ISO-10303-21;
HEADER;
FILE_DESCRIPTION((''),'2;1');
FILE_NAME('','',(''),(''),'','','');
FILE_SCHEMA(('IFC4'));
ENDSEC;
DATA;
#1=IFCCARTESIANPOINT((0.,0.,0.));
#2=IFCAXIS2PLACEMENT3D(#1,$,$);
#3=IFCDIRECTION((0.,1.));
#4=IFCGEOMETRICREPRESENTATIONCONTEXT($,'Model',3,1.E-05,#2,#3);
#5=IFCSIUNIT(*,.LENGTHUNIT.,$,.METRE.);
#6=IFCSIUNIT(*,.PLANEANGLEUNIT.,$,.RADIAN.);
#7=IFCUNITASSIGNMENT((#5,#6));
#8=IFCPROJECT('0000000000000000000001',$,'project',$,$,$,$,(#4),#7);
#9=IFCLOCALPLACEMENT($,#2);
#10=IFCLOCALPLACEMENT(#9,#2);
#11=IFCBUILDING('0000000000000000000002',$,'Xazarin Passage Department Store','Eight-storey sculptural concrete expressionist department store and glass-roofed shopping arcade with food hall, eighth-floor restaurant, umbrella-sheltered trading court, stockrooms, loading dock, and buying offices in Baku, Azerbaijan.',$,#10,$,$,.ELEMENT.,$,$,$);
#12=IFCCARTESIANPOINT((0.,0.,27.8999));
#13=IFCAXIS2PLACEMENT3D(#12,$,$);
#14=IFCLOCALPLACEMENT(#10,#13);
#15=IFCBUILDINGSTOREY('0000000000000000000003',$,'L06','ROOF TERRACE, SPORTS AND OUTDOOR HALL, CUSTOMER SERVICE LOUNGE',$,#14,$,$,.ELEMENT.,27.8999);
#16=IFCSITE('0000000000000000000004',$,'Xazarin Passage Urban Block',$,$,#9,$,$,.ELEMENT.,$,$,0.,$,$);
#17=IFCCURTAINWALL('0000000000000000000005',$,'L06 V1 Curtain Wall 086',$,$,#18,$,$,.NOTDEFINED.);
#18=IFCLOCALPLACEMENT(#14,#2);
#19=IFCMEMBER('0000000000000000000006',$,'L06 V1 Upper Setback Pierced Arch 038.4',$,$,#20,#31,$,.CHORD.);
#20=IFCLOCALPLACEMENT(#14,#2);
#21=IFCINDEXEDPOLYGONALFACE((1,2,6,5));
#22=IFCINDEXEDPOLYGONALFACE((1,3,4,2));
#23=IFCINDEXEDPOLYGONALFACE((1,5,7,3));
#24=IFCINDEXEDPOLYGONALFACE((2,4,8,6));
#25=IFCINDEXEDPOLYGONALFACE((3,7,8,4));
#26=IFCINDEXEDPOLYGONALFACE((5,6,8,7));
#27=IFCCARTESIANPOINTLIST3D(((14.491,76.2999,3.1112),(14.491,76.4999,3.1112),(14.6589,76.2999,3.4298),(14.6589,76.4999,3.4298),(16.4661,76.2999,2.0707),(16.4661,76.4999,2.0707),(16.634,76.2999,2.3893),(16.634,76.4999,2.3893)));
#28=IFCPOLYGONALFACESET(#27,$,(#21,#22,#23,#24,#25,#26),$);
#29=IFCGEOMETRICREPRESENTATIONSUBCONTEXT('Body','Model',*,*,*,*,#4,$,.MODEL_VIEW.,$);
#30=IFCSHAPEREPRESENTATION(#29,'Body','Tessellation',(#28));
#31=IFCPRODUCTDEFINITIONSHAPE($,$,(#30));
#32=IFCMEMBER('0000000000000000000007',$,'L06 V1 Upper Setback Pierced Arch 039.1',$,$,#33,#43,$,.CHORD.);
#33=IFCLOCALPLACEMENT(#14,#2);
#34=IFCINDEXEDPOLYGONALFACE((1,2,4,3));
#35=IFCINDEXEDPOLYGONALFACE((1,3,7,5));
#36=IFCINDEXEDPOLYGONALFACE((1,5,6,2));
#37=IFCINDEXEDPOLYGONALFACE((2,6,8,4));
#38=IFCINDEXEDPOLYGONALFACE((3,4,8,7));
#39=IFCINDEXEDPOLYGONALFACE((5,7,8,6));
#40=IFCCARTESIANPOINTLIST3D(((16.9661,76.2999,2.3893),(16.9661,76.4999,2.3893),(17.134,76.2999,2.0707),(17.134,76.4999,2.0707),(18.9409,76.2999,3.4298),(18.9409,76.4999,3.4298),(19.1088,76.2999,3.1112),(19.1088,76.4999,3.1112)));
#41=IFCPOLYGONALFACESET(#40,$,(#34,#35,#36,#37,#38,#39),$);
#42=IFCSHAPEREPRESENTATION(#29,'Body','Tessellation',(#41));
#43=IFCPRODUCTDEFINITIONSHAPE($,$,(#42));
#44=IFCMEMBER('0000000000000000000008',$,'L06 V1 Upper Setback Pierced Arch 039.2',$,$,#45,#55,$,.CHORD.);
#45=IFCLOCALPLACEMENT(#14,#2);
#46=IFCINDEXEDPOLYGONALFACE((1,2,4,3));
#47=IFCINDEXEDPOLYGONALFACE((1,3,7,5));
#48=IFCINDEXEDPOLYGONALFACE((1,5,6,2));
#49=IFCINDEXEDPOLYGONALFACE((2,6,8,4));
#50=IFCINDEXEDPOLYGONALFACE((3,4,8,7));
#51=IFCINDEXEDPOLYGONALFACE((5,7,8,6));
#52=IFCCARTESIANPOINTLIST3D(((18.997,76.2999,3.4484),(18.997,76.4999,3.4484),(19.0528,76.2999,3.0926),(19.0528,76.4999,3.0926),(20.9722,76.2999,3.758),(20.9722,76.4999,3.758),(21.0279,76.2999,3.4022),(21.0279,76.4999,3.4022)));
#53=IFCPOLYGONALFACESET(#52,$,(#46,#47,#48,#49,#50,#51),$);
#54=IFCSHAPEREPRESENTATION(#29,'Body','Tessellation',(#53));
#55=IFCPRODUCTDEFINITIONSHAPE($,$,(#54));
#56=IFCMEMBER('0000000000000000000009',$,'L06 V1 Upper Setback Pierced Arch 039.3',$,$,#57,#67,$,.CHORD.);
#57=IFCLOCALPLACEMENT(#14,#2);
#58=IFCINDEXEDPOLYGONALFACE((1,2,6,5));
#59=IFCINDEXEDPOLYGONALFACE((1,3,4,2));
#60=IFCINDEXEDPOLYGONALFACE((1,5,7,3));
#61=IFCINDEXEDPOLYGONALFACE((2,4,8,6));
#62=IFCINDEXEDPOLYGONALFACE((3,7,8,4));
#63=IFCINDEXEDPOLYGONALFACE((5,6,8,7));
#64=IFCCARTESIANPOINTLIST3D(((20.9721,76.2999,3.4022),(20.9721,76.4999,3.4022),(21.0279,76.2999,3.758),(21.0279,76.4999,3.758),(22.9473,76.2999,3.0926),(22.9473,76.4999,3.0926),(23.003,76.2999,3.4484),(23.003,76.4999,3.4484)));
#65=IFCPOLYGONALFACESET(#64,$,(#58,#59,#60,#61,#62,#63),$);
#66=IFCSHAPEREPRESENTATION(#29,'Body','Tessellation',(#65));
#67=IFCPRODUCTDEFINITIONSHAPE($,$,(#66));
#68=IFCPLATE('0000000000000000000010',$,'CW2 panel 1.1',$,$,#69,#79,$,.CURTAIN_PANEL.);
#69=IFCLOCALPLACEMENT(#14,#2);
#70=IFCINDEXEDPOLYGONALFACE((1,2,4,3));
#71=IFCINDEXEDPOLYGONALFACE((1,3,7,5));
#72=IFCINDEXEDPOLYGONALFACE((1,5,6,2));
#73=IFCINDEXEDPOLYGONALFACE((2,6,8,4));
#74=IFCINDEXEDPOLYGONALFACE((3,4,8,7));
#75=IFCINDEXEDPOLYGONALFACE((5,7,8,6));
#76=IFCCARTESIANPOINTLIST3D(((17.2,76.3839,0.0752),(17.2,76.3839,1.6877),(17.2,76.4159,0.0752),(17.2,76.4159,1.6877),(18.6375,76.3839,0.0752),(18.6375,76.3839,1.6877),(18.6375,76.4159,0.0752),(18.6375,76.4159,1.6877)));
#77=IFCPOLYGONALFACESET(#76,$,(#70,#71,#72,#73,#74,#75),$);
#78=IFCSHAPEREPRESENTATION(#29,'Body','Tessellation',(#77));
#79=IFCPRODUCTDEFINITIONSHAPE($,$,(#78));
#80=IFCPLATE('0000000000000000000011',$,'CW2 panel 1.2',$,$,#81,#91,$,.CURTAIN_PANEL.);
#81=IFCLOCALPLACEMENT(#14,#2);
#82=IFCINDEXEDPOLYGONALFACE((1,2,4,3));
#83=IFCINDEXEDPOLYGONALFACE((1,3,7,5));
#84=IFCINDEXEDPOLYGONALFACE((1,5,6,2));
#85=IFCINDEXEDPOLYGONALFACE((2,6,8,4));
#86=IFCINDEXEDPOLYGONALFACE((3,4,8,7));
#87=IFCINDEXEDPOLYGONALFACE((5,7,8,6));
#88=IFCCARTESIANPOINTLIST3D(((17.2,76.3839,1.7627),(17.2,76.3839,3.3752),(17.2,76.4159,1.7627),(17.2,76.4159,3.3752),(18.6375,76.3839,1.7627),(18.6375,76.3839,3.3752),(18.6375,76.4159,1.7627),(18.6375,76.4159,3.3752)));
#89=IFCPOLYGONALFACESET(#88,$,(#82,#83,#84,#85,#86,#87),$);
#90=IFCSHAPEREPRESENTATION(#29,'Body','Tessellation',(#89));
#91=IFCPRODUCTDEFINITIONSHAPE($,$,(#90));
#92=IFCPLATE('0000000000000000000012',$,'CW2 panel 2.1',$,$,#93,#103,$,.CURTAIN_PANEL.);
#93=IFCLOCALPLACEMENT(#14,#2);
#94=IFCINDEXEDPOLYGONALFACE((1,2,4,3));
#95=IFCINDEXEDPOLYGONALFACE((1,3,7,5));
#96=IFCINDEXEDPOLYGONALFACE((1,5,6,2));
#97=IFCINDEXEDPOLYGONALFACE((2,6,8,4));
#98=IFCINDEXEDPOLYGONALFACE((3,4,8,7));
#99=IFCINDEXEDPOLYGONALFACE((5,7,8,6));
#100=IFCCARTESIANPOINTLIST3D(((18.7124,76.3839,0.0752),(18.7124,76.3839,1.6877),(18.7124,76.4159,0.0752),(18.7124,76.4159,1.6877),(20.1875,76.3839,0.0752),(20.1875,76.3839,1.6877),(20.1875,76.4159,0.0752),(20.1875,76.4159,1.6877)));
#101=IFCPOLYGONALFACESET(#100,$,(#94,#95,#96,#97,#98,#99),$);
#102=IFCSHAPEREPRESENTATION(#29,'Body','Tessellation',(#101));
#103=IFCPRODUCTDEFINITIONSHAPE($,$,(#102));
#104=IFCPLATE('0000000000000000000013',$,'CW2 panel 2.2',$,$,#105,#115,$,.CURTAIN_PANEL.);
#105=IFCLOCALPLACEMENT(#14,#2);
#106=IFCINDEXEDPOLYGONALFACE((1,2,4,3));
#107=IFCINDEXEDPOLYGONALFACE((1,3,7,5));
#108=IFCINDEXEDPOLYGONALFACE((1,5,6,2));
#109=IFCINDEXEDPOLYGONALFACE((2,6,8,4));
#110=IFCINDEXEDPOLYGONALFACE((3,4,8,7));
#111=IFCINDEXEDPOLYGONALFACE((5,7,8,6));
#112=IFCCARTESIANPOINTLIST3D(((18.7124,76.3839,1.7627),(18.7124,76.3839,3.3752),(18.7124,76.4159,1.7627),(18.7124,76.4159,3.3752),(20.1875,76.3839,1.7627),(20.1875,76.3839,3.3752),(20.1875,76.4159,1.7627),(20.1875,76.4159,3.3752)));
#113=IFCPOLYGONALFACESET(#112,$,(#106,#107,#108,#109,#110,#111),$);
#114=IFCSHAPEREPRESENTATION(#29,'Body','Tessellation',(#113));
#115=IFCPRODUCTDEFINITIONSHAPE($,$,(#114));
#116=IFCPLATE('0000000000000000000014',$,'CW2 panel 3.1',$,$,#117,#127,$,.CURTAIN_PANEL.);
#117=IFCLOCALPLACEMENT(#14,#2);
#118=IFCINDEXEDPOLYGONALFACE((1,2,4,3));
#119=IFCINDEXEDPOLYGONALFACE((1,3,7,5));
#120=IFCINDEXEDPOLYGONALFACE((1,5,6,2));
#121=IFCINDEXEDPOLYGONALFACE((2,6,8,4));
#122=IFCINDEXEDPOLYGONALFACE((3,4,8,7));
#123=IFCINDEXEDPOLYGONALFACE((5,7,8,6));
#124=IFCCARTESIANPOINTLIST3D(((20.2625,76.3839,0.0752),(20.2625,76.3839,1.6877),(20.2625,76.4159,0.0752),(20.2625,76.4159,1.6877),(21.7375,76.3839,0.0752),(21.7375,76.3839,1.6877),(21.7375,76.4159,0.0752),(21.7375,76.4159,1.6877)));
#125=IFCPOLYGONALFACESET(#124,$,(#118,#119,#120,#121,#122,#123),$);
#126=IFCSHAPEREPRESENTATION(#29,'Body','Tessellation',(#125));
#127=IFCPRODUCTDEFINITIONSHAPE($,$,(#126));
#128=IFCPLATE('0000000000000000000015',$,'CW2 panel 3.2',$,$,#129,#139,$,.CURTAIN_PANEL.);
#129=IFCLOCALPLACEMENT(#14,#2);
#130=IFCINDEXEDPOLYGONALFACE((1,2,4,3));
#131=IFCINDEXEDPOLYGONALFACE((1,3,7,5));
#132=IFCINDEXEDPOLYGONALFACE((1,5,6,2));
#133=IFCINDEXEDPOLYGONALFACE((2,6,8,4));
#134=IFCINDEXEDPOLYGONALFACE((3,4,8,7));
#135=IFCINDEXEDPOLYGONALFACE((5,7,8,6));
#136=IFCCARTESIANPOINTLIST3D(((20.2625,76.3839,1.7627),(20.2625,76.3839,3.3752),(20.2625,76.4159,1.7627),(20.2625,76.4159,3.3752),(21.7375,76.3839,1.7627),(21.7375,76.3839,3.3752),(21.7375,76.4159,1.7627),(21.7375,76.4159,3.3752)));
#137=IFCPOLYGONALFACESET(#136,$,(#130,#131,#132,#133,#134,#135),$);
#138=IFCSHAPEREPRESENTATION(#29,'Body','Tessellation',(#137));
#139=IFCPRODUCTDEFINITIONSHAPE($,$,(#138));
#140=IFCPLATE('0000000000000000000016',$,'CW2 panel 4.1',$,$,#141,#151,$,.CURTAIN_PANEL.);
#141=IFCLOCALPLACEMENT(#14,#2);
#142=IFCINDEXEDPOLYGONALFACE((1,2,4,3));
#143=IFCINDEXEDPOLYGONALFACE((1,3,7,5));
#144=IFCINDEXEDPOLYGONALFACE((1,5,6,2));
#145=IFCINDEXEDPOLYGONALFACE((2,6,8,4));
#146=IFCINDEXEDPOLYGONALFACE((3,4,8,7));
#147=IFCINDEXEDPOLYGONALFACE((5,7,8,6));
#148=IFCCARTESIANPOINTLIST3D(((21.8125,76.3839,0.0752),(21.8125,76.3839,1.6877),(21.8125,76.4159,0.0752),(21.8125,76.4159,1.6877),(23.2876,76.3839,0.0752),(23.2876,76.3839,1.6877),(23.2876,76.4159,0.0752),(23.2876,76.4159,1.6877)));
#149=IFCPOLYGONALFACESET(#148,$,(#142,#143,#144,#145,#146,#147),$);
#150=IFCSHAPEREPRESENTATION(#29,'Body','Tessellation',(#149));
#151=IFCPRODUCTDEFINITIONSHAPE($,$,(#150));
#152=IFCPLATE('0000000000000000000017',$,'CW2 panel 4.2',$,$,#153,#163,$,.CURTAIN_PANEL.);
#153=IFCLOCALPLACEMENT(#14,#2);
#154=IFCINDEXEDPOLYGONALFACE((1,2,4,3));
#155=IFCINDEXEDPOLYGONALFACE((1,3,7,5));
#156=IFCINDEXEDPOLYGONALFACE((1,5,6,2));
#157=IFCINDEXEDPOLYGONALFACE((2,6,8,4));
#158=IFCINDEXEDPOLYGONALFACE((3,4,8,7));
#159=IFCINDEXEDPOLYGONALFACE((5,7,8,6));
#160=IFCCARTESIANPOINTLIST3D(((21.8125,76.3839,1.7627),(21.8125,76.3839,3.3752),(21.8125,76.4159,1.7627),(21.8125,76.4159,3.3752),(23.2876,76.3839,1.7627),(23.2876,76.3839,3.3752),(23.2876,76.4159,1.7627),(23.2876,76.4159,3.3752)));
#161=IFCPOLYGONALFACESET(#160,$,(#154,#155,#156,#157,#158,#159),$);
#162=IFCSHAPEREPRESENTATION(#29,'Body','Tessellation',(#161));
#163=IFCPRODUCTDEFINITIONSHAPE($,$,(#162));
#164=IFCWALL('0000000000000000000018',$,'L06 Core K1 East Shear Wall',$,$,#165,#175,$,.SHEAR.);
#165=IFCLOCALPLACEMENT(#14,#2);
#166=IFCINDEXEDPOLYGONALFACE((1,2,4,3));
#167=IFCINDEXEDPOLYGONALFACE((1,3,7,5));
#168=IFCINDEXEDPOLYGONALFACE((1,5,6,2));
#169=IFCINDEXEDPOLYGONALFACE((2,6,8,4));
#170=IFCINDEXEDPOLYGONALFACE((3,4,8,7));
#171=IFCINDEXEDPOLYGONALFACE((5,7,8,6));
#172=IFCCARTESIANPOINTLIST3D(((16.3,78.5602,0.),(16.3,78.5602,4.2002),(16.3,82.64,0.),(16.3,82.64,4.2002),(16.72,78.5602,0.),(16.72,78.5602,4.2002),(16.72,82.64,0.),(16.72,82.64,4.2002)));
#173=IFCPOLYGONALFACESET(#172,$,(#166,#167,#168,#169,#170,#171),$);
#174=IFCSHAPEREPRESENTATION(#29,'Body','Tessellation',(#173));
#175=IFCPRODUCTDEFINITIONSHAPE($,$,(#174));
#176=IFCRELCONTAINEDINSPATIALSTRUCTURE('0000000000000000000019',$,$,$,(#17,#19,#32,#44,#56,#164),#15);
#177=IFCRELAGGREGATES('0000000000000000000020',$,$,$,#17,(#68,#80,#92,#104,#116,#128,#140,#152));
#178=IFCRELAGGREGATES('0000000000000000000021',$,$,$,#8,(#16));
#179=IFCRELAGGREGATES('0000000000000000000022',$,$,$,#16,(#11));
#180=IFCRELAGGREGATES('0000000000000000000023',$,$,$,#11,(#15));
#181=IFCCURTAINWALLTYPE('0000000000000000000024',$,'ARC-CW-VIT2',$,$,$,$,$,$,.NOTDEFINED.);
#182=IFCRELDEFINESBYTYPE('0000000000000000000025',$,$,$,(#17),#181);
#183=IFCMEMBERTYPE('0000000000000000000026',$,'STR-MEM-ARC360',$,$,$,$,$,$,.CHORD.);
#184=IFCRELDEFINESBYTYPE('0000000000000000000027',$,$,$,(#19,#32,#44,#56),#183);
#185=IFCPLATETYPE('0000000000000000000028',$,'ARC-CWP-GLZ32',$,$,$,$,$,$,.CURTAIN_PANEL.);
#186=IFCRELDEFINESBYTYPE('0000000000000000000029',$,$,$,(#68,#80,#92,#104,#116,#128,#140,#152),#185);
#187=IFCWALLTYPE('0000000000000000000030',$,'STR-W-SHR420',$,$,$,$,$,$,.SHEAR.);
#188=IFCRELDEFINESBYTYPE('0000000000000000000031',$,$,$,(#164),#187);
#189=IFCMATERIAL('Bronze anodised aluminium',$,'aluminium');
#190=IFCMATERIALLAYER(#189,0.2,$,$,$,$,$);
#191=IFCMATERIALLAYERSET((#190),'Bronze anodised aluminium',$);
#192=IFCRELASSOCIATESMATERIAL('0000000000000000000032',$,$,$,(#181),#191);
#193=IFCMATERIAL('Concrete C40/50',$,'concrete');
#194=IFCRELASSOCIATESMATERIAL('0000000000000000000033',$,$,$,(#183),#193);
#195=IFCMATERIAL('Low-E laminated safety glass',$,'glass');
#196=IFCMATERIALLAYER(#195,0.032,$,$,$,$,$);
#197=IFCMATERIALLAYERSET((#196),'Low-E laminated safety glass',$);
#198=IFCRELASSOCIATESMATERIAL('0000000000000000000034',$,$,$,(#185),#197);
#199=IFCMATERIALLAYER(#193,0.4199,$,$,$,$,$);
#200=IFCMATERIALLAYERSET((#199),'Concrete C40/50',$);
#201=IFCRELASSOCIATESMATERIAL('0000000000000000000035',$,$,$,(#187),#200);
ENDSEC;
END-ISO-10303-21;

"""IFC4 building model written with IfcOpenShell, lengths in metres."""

from ifc_helpers import new_model, si_unit, direction, frame, frame_2d, origin, origin_2d, place, context, subcontext, project, spatial, rectangle, extrude, material, layer, layer_set, material_profile, profile_set, type_object, element, aggregate, save


model = new_model("IFC4")

# Units and contexts
model_context = context("Model", 3, precision=1e-05, world=origin(), true_north=direction((0.0, 1.0)))
body_context = subcontext(model_context, "Body", "Model", "MODEL_VIEW")
ifc_project = project(units=[si_unit("LENGTHUNIT", "METRE"), si_unit("PLANEANGLEUNIT", "RADIAN")], contexts=[model_context])

# Site, building, storey
site_placement = place(None, origin())
site = spatial("IfcSite", under=ifc_project, at=site_placement, Name="Xazarin Passage Urban Block", CompositionType="ELEMENT", RefElevation=0.0)
building_placement = place(site_placement, origin())
building = spatial("IfcBuilding", under=site, at=building_placement, Name="Xazarin Passage Department Store", Description="Eight-storey sculptural concrete expressionist department store and glass-roofed shopping arcade with food hall, eighth-floor restaurant, umbrella-sheltered trading court, stockrooms, loading dock, and buying offices in Baku, Azerbaijan.", CompositionType="ELEMENT")
storey_placement = place(building_placement, frame((0.0, 0.0, 27.8999)))
storey = spatial("IfcBuildingStorey", under=building, at=storey_placement, Name="L06", Description="ROOF TERRACE, SPORTS AND OUTDOOR HALL, CUSTOMER SERVICE LOUNGE", CompositionType="ELEMENT", Elevation=27.8999)

# Shared definitions
ifc_material_1 = material(Name="Concrete C40/50", Category="concrete")

# Curtain wall
ifc_material_2 = material(Name="Bronze anodised aluminium", Category="aluminium")
ifc_layer_1 = layer(ifc_material_2, 0.2)
ifc_layer_set_1 = layer_set([ifc_layer_1], Name="Bronze anodised aluminium")
curtain_wall_type = type_object("IfcCurtainWallType", Name="ARC-CW-VIT2", PredefinedType="NOTDEFINED", material=ifc_layer_set_1)
curtain_wall_placement = place(storey_placement, origin())
curtain_wall = element("IfcCurtainWall", 1, at=curtain_wall_placement, inside=storey, type_object=curtain_wall_type, Name="L06 V1 Curtain Wall 086", PredefinedType="NOTDEFINED")

# Members
ifc_material_profile_1 = material_profile(ifc_material_1, rectangle(XDim=0.2, YDim=0.3601, at=origin_2d()), Name="RC 200x360")
ifc_profile_set_1 = profile_set([ifc_material_profile_1], Name="Concrete C40/50")
member_type_1 = type_object("IfcMemberType", Name="STR-MEM-ARC360", PredefinedType="CHORD", material=ifc_profile_set_1)
member_1_placement = place(storey_placement, frame((14.575, 76.3999, 3.2705), z_axis=(0.884733, 0.0, -0.466098), x_axis=(0.0, 1.0, 0.0)))
element("IfcMember", 2, at=member_1_placement, inside=storey, type_object=member_type_1, Name="L06 V1 Upper Setback Pierced Arch 038.4", PredefinedType="CHORD", context=body_context, shape_type="SweptSolid", body=[
    extrude(rectangle(XDim=0.2, YDim=0.3601, at=origin_2d()), origin(), (0.0, 0.0, 1.0), 2.2324),
])
member_2_placement = place(storey_placement, frame((17.05, 76.3999, 2.23), z_axis=(0.884709, 0.0, 0.466143), x_axis=(0.0, 1.0, 0.0)))
element("IfcMember", 3, at=member_2_placement, inside=storey, type_object=member_type_1, Name="L06 V1 Upper Setback Pierced Arch 039.1", PredefinedType="CHORD", context=body_context, shape_type="SweptSolid", body=[
    extrude(rectangle(XDim=0.2, YDim=0.3601, at=origin_2d()), origin(), (0.0, 0.0, 1.0), 2.2322),
])
for number, where, z_axis, x_axis, name in (
    (4, (19.0249, 76.3999, 3.2705), (0.987939, 0.0, 0.154846), (0.0, 1.0, 0.0), "L06 V1 Upper Setback Pierced Arch 039.2"),
    (5, (21.0, 76.3999, 3.5801), (0.987939, 0.0, -0.154846), (0.0, 1.0, 0.0), "L06 V1 Upper Setback Pierced Arch 039.3"),
):
    element("IfcMember", number, at=place(storey_placement, frame(where, z_axis=z_axis, x_axis=x_axis)), inside=storey, type_object=member_type_1, Name=name, PredefinedType="CHORD", context=body_context, shape_type="SweptSolid", body=[
        extrude(rectangle(XDim=0.2, YDim=0.3601, at=origin_2d()), origin(), (0.0, 0.0, 1.0), 1.9993),
    ])

# Plates
ifc_material_3 = material(Name="Low-E laminated safety glass", Category="glass")
ifc_layer_2 = layer(ifc_material_3, 0.032)
ifc_layer_set_2 = layer_set([ifc_layer_2], Name="Low-E laminated safety glass")
plate_type = type_object("IfcPlateType", Name="ARC-CWP-GLZ32", PredefinedType="CURTAIN_PANEL", material=ifc_layer_set_2)
plate_1_placement = place(storey_placement, frame((17.9187, 76.3999, 0.0752), z_axis=(0.0, 0.0, 1.0), x_axis=(1.0, 0.0, 0.0)))
plate_1 = element("IfcPlate", 6, at=plate_1_placement, type_object=plate_type, Name="CW2 panel 1.1", PredefinedType="CURTAIN_PANEL", context=body_context, shape_type="SweptSolid", body=[
    extrude(rectangle(XDim=1.4375, YDim=0.032, at=origin_2d()), origin(), (0.0, 0.0, 1.0), 1.6125),
])
plate_2_placement = place(storey_placement, frame((17.9187, 76.3999, 1.7627), z_axis=(0.0, 0.0, 1.0), x_axis=(1.0, 0.0, 0.0)))
plate_2 = element("IfcPlate", 7, at=plate_2_placement, type_object=plate_type, Name="CW2 panel 1.2", PredefinedType="CURTAIN_PANEL", context=body_context, shape_type="SweptSolid", body=[
    extrude(rectangle(XDim=1.4375, YDim=0.032, at=origin_2d()), origin(), (0.0, 0.0, 1.0), 1.6125),
])
plate_3_placement = place(storey_placement, frame((19.45, 76.3999, 0.0752), z_axis=(0.0, 0.0, 1.0), x_axis=(1.0, 0.0, 0.0)))
plate_3 = element("IfcPlate", 8, at=plate_3_placement, type_object=plate_type, Name="CW2 panel 2.1", PredefinedType="CURTAIN_PANEL", context=body_context, shape_type="SweptSolid", body=[
    extrude(rectangle(XDim=1.4751, YDim=0.032, at=origin_2d()), origin(), (0.0, 0.0, 1.0), 1.6125),
])
plate_4_placement = place(storey_placement, frame((19.45, 76.3999, 1.7627), z_axis=(0.0, 0.0, 1.0), x_axis=(1.0, 0.0, 0.0)))
plate_4 = element("IfcPlate", 9, at=plate_4_placement, type_object=plate_type, Name="CW2 panel 2.2", PredefinedType="CURTAIN_PANEL", context=body_context, shape_type="SweptSolid", body=[
    extrude(rectangle(XDim=1.4751, YDim=0.032, at=origin_2d()), origin(), (0.0, 0.0, 1.0), 1.6125),
])
plate_5_placement = place(storey_placement, frame((21.0, 76.3999, 0.0752), z_axis=(0.0, 0.0, 1.0), x_axis=(1.0, 0.0, 0.0)))
plate_5 = element("IfcPlate", 10, at=plate_5_placement, type_object=plate_type, Name="CW2 panel 3.1", PredefinedType="CURTAIN_PANEL", context=body_context, shape_type="SweptSolid", body=[
    extrude(rectangle(XDim=1.4751, YDim=0.032, at=origin_2d()), origin(), (0.0, 0.0, 1.0), 1.6125),
])
plate_6_placement = place(storey_placement, frame((21.0, 76.3999, 1.7627), z_axis=(0.0, 0.0, 1.0), x_axis=(1.0, 0.0, 0.0)))
plate_6 = element("IfcPlate", 11, at=plate_6_placement, type_object=plate_type, Name="CW2 panel 3.2", PredefinedType="CURTAIN_PANEL", context=body_context, shape_type="SweptSolid", body=[
    extrude(rectangle(XDim=1.4751, YDim=0.032, at=origin_2d()), origin(), (0.0, 0.0, 1.0), 1.6125),
])
plate_7_placement = place(storey_placement, frame((22.55, 76.3999, 0.0752), z_axis=(0.0, 0.0, 1.0), x_axis=(1.0, 0.0, 0.0)))
plate_7 = element("IfcPlate", 12, at=plate_7_placement, type_object=plate_type, Name="CW2 panel 4.1", PredefinedType="CURTAIN_PANEL", context=body_context, shape_type="SweptSolid", body=[
    extrude(rectangle(XDim=1.4751, YDim=0.032, at=origin_2d()), origin(), (0.0, 0.0, 1.0), 1.6125),
])
plate_8_placement = place(storey_placement, frame((22.55, 76.3999, 1.7627), z_axis=(0.0, 0.0, 1.0), x_axis=(1.0, 0.0, 0.0)))
plate_8 = element("IfcPlate", 13, at=plate_8_placement, type_object=plate_type, Name="CW2 panel 4.2", PredefinedType="CURTAIN_PANEL", context=body_context, shape_type="SweptSolid", body=[
    extrude(rectangle(XDim=1.4751, YDim=0.032, at=origin_2d()), origin(), (0.0, 0.0, 1.0), 1.6125),
])
aggregate(curtain_wall, [plate_1, plate_2, plate_3, plate_4, plate_5, plate_6, plate_7, plate_8])

# Wall
ifc_layer_3 = layer(ifc_material_1, 0.4199)
ifc_layer_set_3 = layer_set([ifc_layer_3], Name="Concrete C40/50")
wall_type = type_object("IfcWallType", Name="STR-W-SHR420", PredefinedType="SHEAR", material=ifc_layer_set_3)
wall_placement = place(storey_placement, frame((16.51, 78.5601, 0.0), z_axis=(0.0, 0.0, 1.0), x_axis=(0.0, 1.0, 0.0)))
element("IfcWall", 14, at=wall_placement, inside=storey, type_object=wall_type, Name="L06 Core K1 East Shear Wall", PredefinedType="SHEAR", context=body_context, shape_type="SweptSolid", body=[
    extrude(rectangle(XDim=4.0798, YDim=0.4199, at=frame_2d((2.04, 0.0))), origin(), (0.0, 0.0, 1.0), 4.2002),
])

save(model, "model.ifc")
